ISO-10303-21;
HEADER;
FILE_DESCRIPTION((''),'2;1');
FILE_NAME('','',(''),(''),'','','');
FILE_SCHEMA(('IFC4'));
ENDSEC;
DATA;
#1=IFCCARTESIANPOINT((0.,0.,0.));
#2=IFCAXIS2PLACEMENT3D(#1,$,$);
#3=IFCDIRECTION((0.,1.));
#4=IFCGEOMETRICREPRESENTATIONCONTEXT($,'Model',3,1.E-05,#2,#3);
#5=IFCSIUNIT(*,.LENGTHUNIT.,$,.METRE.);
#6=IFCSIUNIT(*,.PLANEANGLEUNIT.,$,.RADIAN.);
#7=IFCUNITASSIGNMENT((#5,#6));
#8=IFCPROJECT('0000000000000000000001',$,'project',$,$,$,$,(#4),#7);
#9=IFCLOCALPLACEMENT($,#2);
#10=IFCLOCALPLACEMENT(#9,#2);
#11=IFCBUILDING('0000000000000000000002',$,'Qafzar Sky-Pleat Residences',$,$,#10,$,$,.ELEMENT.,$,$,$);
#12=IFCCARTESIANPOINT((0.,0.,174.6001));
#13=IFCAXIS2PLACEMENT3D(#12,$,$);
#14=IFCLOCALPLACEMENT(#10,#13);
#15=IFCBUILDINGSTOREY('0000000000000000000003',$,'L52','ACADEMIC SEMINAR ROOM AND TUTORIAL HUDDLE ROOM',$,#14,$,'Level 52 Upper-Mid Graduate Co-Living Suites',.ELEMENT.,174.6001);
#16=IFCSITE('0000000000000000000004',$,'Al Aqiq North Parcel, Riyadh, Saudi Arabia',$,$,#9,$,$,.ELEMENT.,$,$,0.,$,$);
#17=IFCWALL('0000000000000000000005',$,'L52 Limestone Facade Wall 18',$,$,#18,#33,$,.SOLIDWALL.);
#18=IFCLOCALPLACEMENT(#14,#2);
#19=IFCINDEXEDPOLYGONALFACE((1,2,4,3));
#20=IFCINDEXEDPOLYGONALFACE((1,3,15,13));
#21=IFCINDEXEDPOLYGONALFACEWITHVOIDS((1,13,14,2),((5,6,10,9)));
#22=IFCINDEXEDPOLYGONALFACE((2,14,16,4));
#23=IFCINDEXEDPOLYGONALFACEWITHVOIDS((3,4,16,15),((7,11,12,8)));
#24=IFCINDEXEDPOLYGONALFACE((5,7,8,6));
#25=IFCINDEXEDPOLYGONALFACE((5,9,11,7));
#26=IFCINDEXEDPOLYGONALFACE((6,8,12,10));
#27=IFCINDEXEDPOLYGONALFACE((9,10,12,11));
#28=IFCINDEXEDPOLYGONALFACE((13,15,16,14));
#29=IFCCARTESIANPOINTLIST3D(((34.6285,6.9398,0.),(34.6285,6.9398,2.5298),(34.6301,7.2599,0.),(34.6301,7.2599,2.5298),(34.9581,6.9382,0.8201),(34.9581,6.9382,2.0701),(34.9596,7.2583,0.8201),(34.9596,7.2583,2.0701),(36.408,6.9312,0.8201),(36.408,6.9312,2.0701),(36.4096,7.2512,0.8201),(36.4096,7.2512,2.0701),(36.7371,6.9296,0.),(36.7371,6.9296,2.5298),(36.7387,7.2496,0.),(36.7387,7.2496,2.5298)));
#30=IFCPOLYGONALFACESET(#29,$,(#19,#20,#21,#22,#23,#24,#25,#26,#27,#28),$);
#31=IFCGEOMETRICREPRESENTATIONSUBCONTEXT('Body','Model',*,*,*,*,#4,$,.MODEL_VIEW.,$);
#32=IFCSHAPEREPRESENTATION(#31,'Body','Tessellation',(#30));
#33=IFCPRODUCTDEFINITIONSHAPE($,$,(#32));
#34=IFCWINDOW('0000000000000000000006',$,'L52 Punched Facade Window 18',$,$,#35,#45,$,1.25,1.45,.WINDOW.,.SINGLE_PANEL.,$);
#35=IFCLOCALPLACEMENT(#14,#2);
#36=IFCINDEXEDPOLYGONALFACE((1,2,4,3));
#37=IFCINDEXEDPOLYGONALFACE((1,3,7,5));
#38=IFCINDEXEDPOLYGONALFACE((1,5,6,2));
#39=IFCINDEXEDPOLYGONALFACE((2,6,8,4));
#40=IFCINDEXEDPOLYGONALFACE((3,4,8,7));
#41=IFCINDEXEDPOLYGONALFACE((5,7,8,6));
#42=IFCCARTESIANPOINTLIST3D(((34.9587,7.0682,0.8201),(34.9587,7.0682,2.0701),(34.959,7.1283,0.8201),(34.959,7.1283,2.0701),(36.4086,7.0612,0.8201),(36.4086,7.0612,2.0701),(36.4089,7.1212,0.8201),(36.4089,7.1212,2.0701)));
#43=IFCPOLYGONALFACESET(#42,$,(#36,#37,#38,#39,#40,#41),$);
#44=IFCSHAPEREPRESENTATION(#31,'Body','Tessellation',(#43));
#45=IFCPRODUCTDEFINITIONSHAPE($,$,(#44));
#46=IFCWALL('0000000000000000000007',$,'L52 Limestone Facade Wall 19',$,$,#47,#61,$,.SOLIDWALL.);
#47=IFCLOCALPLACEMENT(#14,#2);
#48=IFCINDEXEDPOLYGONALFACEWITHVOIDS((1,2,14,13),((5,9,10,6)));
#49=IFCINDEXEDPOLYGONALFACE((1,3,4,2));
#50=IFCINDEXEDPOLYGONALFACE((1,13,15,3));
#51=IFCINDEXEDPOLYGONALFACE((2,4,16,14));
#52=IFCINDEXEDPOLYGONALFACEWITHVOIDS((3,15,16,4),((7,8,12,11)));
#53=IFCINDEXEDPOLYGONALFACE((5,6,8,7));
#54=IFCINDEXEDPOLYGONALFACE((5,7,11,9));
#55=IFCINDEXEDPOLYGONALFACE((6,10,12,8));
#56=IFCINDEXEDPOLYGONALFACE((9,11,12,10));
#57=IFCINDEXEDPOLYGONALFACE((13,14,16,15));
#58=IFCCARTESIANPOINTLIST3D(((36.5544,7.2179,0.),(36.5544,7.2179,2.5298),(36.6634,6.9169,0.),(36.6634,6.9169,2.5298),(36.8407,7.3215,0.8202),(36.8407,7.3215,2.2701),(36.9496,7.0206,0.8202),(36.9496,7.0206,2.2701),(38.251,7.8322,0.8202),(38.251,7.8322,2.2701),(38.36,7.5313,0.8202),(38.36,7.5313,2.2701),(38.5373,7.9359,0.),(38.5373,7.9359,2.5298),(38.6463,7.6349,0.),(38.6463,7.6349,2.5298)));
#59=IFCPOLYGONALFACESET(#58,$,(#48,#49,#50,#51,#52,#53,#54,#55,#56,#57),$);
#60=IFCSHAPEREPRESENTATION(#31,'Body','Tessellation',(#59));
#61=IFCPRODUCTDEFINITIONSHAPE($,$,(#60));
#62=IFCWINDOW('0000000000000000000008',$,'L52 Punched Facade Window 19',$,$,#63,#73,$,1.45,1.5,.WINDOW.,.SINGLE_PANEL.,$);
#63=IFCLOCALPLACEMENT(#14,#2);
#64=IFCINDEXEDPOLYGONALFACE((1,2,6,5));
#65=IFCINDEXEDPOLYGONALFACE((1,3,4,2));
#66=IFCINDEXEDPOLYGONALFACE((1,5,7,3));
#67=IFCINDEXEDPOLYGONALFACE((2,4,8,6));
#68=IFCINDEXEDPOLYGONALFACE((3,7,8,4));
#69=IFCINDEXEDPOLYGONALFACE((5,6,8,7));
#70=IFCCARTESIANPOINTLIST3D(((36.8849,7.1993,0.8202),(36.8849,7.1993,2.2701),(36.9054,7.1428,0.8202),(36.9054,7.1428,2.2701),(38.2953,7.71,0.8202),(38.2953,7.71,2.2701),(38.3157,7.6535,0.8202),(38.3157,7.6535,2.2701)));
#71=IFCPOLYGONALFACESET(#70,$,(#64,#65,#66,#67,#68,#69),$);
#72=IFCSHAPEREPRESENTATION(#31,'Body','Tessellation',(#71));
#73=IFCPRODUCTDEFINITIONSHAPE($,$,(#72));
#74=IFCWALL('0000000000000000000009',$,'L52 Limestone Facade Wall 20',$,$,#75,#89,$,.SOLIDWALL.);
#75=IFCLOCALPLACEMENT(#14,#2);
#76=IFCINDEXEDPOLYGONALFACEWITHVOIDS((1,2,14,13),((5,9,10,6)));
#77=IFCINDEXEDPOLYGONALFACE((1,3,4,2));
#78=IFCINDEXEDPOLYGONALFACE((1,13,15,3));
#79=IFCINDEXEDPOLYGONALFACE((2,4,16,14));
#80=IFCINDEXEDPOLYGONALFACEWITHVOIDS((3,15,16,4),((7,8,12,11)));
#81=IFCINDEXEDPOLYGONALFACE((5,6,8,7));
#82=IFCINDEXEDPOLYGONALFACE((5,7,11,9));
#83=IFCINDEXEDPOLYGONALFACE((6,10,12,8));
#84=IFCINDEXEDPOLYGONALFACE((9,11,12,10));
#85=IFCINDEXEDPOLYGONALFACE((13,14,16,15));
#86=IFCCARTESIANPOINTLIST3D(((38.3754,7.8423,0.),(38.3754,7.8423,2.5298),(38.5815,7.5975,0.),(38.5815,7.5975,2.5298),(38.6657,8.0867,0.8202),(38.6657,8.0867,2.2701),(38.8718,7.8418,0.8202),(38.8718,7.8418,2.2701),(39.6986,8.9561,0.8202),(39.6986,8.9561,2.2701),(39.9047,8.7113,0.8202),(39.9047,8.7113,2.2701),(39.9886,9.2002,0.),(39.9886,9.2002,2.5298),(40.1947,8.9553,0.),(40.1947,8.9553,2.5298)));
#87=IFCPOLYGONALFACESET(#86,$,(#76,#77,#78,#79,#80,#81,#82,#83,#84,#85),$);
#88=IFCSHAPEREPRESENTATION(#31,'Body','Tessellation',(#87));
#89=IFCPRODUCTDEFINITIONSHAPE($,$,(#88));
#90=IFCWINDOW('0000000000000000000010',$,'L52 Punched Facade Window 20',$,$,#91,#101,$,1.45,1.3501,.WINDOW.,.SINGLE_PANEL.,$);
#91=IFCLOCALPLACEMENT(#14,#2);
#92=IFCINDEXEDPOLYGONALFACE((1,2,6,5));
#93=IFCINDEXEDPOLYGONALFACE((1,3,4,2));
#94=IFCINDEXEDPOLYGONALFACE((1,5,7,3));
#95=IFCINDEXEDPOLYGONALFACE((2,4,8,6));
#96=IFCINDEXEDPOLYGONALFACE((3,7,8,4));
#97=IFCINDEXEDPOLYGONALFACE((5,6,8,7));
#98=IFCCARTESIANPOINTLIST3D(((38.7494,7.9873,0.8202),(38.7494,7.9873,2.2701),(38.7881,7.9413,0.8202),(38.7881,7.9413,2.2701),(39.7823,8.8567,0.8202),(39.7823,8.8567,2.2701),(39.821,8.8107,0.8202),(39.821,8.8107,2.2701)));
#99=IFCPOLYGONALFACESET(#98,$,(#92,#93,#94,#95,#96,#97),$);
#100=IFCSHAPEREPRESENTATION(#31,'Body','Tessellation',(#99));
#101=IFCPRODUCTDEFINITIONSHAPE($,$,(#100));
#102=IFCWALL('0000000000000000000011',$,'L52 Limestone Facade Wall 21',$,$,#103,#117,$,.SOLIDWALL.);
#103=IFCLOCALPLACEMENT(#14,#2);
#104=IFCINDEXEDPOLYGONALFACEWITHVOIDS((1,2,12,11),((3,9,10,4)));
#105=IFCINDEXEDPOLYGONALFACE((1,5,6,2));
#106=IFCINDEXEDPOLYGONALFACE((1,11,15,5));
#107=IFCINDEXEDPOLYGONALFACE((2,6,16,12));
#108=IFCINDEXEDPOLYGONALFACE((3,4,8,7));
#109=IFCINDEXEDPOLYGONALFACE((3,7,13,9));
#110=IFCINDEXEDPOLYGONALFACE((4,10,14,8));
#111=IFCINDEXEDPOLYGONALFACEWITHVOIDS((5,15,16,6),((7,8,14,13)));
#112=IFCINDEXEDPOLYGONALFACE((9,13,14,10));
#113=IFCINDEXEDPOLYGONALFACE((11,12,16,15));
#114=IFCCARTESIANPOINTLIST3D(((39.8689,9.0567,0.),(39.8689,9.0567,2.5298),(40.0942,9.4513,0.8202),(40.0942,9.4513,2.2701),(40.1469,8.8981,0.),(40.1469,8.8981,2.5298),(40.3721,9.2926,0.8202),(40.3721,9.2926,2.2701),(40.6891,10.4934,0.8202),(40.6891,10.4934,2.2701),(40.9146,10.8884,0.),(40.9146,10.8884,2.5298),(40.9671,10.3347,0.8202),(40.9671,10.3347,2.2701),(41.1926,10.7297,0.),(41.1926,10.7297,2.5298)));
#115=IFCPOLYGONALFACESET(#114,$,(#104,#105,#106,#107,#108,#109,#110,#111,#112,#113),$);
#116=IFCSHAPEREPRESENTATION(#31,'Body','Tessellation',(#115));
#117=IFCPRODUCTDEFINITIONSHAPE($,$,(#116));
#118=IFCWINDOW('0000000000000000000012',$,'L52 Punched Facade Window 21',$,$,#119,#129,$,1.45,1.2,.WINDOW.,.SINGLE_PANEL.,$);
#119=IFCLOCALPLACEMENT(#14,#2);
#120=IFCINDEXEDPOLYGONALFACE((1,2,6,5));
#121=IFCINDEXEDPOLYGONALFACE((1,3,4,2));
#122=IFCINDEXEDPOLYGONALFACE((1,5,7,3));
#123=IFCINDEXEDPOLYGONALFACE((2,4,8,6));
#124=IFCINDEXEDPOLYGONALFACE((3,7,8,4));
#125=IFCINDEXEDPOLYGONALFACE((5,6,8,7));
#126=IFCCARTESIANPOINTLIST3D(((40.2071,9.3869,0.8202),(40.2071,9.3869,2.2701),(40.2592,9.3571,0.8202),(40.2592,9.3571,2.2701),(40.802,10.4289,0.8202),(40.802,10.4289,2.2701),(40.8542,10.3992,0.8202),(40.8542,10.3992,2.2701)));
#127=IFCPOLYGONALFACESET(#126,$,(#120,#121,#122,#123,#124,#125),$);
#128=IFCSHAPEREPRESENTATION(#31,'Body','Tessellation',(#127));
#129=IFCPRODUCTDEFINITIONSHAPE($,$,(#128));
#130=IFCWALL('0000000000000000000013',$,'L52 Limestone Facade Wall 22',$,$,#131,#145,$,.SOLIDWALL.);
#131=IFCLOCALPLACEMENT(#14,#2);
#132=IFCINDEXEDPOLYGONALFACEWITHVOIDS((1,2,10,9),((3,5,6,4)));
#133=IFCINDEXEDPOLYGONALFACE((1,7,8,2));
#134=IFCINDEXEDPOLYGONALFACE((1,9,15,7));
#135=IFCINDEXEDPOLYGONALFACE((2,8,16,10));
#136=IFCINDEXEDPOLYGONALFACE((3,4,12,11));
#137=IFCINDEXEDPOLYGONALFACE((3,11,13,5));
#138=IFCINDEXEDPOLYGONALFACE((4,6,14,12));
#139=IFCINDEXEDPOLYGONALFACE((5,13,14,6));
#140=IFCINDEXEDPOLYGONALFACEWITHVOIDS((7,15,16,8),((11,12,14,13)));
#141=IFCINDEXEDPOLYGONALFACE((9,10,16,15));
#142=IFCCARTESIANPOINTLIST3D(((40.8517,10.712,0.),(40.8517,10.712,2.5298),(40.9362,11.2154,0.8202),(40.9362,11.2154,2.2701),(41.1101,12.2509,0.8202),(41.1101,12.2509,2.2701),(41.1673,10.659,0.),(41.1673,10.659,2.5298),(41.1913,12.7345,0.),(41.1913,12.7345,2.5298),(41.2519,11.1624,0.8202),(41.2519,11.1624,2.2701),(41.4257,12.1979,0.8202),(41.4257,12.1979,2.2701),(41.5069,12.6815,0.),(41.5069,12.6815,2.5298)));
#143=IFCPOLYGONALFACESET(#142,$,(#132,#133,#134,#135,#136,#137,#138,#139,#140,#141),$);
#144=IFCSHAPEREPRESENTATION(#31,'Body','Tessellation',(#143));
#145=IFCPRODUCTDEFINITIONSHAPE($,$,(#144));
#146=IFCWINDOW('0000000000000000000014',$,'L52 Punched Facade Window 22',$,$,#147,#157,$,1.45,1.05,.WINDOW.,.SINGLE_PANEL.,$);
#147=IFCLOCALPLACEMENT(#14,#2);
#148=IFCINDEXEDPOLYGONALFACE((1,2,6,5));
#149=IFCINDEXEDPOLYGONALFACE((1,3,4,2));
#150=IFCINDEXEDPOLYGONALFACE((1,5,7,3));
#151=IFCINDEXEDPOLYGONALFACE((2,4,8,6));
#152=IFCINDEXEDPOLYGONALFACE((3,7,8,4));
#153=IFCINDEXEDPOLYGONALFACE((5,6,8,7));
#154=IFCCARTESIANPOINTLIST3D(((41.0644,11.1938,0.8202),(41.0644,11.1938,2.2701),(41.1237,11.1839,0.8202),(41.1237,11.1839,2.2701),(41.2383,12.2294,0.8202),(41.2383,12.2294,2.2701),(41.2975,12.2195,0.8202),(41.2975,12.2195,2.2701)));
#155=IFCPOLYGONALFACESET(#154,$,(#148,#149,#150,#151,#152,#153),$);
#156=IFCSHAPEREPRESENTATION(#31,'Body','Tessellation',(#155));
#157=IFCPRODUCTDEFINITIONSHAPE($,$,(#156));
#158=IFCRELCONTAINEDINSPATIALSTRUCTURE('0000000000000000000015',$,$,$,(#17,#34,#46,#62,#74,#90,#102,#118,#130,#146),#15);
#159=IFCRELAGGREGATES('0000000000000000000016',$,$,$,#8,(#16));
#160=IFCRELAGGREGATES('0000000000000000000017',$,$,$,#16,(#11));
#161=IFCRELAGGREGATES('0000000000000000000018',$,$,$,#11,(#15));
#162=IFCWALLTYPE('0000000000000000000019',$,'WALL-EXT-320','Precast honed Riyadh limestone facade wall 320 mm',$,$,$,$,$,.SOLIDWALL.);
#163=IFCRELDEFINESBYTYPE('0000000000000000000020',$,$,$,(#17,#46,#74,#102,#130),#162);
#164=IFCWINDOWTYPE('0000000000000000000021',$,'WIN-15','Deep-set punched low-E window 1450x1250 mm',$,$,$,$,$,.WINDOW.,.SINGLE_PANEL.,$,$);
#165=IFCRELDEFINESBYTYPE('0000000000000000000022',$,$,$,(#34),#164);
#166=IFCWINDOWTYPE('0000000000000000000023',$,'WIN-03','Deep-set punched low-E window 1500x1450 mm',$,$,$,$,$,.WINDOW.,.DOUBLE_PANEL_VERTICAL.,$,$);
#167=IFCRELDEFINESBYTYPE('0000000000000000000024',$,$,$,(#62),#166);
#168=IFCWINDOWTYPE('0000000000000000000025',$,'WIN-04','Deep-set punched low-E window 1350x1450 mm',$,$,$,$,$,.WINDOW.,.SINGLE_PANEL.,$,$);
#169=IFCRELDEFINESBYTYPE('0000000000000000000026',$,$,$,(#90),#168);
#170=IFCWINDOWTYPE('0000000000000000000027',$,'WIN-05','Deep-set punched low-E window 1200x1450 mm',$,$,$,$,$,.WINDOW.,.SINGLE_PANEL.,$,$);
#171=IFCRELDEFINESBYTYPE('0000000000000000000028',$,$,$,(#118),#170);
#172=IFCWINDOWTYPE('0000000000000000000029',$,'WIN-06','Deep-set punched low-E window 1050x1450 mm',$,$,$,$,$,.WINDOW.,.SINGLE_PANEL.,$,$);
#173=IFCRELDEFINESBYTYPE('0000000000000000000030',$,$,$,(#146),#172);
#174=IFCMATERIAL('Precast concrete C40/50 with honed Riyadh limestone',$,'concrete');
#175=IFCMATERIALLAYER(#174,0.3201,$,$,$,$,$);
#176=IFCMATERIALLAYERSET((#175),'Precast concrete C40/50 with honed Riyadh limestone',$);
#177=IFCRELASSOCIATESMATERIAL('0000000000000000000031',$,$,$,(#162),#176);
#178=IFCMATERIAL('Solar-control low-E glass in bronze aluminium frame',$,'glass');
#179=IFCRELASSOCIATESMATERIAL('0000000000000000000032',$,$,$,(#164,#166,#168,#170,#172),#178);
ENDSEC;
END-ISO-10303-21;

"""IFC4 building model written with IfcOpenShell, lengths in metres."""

from ifc_helpers import new_model, si_unit, direction, frame, frame_2d, origin, place, context, subcontext, project, spatial, rectangle, extrude, source, transform, mapped, material, layer, layer_set, type_object, element, fill, save


model = new_model("IFC4")

# Units and contexts
model_context = context("Model", 3, precision=1e-05, world=origin(), true_north=direction((0.0, 1.0)))
body_context = subcontext(model_context, "Body", "Model", "MODEL_VIEW")
ifc_project = project(units=[si_unit("LENGTHUNIT", "METRE"), si_unit("PLANEANGLEUNIT", "RADIAN")], contexts=[model_context])

# Site, building, storey
site_placement = place(None, origin())
site = spatial("IfcSite", under=ifc_project, at=site_placement, Name="Al Aqiq North Parcel, Riyadh, Saudi Arabia", CompositionType="ELEMENT", RefElevation=0.0)
building_placement = place(site_placement, origin())
building = spatial("IfcBuilding", under=site, at=building_placement, Name="Qafzar Sky-Pleat Residences", CompositionType="ELEMENT")
storey_placement = place(building_placement, frame((0.0, 0.0, 174.6001)))
storey = spatial("IfcBuildingStorey", under=building, at=storey_placement, Name="L52", Description="ACADEMIC SEMINAR ROOM AND TUTORIAL HUDDLE ROOM", LongName="Level 52 Upper-Mid Graduate Co-Living Suites", CompositionType="ELEMENT", Elevation=174.6001)

# Walls, openings, windows
ifc_material_1 = material(Name="Precast concrete C40/50 with honed Riyadh limestone", Category="concrete")
ifc_layer_1 = layer(ifc_material_1, 0.3201)
ifc_layer_set_1 = layer_set([ifc_layer_1], Name="Precast concrete C40/50 with honed Riyadh limestone")
wall_type = type_object("IfcWallType", Name="WALL-EXT-320", Description="Precast honed Riyadh limestone facade wall 320 mm", PredefinedType="SOLIDWALL", material=ifc_layer_set_1)
wall_1_placement = place(storey_placement, frame((34.6294, 7.0999, 0.0), z_axis=(0.0, 0.0, 1.0), x_axis=(0.999988, -0.004863, 0.0)))
wall_1 = element("IfcWall", 1, at=wall_1_placement, inside=storey, type_object=wall_type, Name="L52 Limestone Facade Wall 18", PredefinedType="SOLIDWALL", context=body_context, shape_type="SweptSolid", body=[
    extrude(rectangle(XDim=2.1086, YDim=0.3201, at=frame_2d((1.0542, 0.0))), origin(), (0.0, 0.0, 1.0), 2.5298),
])
opening_1_placement = place(wall_1_placement, frame((0.3293, 0.0, 0.8201)))
opening_1 = element("IfcOpeningElement", 2, at=opening_1_placement, cuts=wall_1, PredefinedType="OPENING", context=body_context, shape_type="SweptSolid", body=[
    extrude(rectangle(XDim=1.45, YDim=1.25, at=frame_2d((0.7251, 0.625))), frame((0.0, 0.1699, 0.0), z_axis=(0.0, -1.0, 0.0), x_axis=(1.0, 0.0, 0.0)), (0.0, 0.0, 1.0), 0.3401),
])
ifc_material_2 = material(Name="Solar-control low-E glass in bronze aluminium frame", Category="glass")
window_type_1 = type_object("IfcWindowType", Name="WIN-15", Description="Deep-set punched low-E window 1450x1250 mm", PartitioningType="SINGLE_PANEL", PredefinedType="WINDOW", material=ifc_material_2)
shared_shape_1 = source(origin(), body_context, "Body", "SweptSolid", [
    extrude(rectangle(XDim=1.45, YDim=1.25, at=frame_2d((0.7251, 0.625))), frame((0.0, 0.03, 0.0), z_axis=(0.0, -1.0, 0.0), x_axis=(1.0, 0.0, 0.0)), (0.0, 0.0, 1.0), 0.0601),
])
window_1_placement = place(opening_1_placement, origin())
window_1 = element("IfcWindow", 3, at=window_1_placement, inside=storey, type_object=window_type_1, Name="L52 Punched Facade Window 18", OverallHeight=1.25, OverallWidth=1.45, PartitioningType="SINGLE_PANEL", PredefinedType="WINDOW", context=body_context, shape_type="MappedRepresentation", body=[
    mapped(shared_shape_1, transform((0.0, 0.0, 0.0), x_axis=(1.0, 0.0, 0.0), y_axis=(0.0, 1.0, 0.0), z_axis=(0.0, 0.0, 1.0), scale=1.0)),
])
fill(opening_1, window_1)
wall_2_placement = place(storey_placement, frame((36.6089, 7.0674, 0.0), z_axis=(0.0, 0.0, 1.0), x_axis=(0.940256, 0.340469, 0.0)))
wall_2 = element("IfcWall", 4, at=wall_2_placement, inside=storey, type_object=wall_type, Name="L52 Limestone Facade Wall 19", PredefinedType="SOLIDWALL", context=body_context, shape_type="SweptSolid", body=[
    extrude(rectangle(XDim=2.1089, YDim=0.3201, at=frame_2d((1.0544, 0.0))), origin(), (0.0, 0.0, 1.0), 2.5298),
])
opening_2_placement = place(wall_2_placement, frame((0.3044, 0.0, 0.8201)))
opening_2 = element("IfcOpeningElement", 5, at=opening_2_placement, cuts=wall_2, PredefinedType="OPENING", context=body_context, shape_type="SweptSolid", body=[
    extrude(rectangle(XDim=1.5, YDim=1.45, at=frame_2d((0.75, 0.7251))), frame((0.0, 0.1699, 0.0), z_axis=(0.0, -1.0, 0.0), x_axis=(1.0, 0.0, 0.0)), (0.0, 0.0, 1.0), 0.3401),
])
window_type_2 = type_object("IfcWindowType", Name="WIN-03", Description="Deep-set punched low-E window 1500x1450 mm", PartitioningType="DOUBLE_PANEL_VERTICAL", PredefinedType="WINDOW", material=ifc_material_2)
shared_shape_2 = source(origin(), body_context, "Body", "SweptSolid", [
    extrude(rectangle(XDim=1.5, YDim=1.45, at=frame_2d((0.75, 0.7251))), frame((0.0, 0.03, 0.0), z_axis=(0.0, -1.0, 0.0), x_axis=(1.0, 0.0, 0.0)), (0.0, 0.0, 1.0), 0.0601),
])
window_2_placement = place(opening_2_placement, origin())
window_2 = element("IfcWindow", 6, at=window_2_placement, inside=storey, type_object=window_type_2, Name="L52 Punched Facade Window 19", OverallHeight=1.45, OverallWidth=1.5, PartitioningType="SINGLE_PANEL", PredefinedType="WINDOW", context=body_context, shape_type="MappedRepresentation", body=[
    mapped(shared_shape_2, transform((0.0, 0.0, 0.0), x_axis=(1.0, 0.0, 0.0), y_axis=(0.0, 1.0, 0.0), z_axis=(0.0, 0.0, 1.0), scale=1.0)),
])
fill(opening_2, window_2)
wall_3_placement = place(storey_placement, frame((38.4785, 7.72, 0.0), z_axis=(0.0, 0.0, 1.0), x_axis=(0.765061, 0.643957, 0.0)))
wall_3 = element("IfcWall", 7, at=wall_3_placement, inside=storey, type_object=wall_type, Name="L52 Limestone Facade Wall 20", PredefinedType="SOLIDWALL", context=body_context, shape_type="SweptSolid", body=[
    extrude(rectangle(XDim=2.1086, YDim=0.3201, at=frame_2d((1.0542, 0.0))), origin(), (0.0, 0.0, 1.0), 2.5298),
])
opening_3_placement = place(wall_3_placement, frame((0.3794, 0.0, 0.8201)))
opening_3 = element("IfcOpeningElement", 8, at=opening_3_placement, cuts=wall_3, PredefinedType="OPENING", context=body_context, shape_type="SweptSolid", body=[
    extrude(rectangle(XDim=1.3501, YDim=1.45, at=frame_2d((0.675, 0.7251))), frame((0.0, 0.1699, 0.0), z_axis=(0.0, -1.0, 0.0), x_axis=(1.0, 0.0, 0.0)), (0.0, 0.0, 1.0), 0.3401),
])
window_type_3 = type_object("IfcWindowType", Name="WIN-04", Description="Deep-set punched low-E window 1350x1450 mm", PartitioningType="SINGLE_PANEL", PredefinedType="WINDOW", material=ifc_material_2)
shared_shape_3 = source(origin(), body_context, "Body", "SweptSolid", [
    extrude(rectangle(XDim=1.3501, YDim=1.45, at=frame_2d((0.675, 0.7251))), frame((0.0, 0.03, 0.0), z_axis=(0.0, -1.0, 0.0), x_axis=(1.0, 0.0, 0.0)), (0.0, 0.0, 1.0), 0.0601),
])
window_3_placement = place(opening_3_placement, origin())
window_3 = element("IfcWindow", 9, at=window_3_placement, inside=storey, type_object=window_type_3, Name="L52 Punched Facade Window 20", OverallHeight=1.45, OverallWidth=1.3501, PartitioningType="SINGLE_PANEL", PredefinedType="WINDOW", context=body_context, shape_type="MappedRepresentation", body=[
    mapped(shared_shape_3, transform((0.0, 0.0, 0.0), x_axis=(1.0, 0.0, 0.0), y_axis=(0.0, 1.0, 0.0), z_axis=(0.0, 0.0, 1.0), scale=1.0)),
])
fill(opening_3, window_3)
wall_4_placement = place(storey_placement, frame((40.0078, 8.9773, 0.0), z_axis=(0.0, 0.0, 1.0), x_axis=(0.495802, 0.868435, 0.0)))
wall_4 = element("IfcWall", 10, at=wall_4_placement, inside=storey, type_object=wall_type, Name="L52 Limestone Facade Wall 21", PredefinedType="SOLIDWALL", context=body_context, shape_type="SweptSolid", body=[
    extrude(rectangle(XDim=2.1091, YDim=0.3201, at=frame_2d((1.0547, 0.0))), origin(), (0.0, 0.0, 1.0), 2.5298),
])
opening_4_placement = place(wall_4_placement, frame((0.4543, 0.0, 0.8201)))
opening_4 = element("IfcOpeningElement", 11, at=opening_4_placement, cuts=wall_4, PredefinedType="OPENING", context=body_context, shape_type="SweptSolid", body=[
    extrude(rectangle(XDim=1.2, YDim=1.45, at=frame_2d((0.6001, 0.7251))), frame((0.0, 0.1699, 0.0), z_axis=(0.0, -1.0, 0.0), x_axis=(1.0, 0.0, 0.0)), (0.0, 0.0, 1.0), 0.3401),
])
window_type_4 = type_object("IfcWindowType", Name="WIN-05", Description="Deep-set punched low-E window 1200x1450 mm", PartitioningType="SINGLE_PANEL", PredefinedType="WINDOW", material=ifc_material_2)
shared_shape_4 = source(origin(), body_context, "Body", "SweptSolid", [
    extrude(rectangle(XDim=1.2, YDim=1.45, at=frame_2d((0.6001, 0.7251))), frame((0.0, 0.03, 0.0), z_axis=(0.0, -1.0, 0.0), x_axis=(1.0, 0.0, 0.0)), (0.0, 0.0, 1.0), 0.0601),
])
window_4_placement = place(opening_4_placement, origin())
window_4 = element("IfcWindow", 12, at=window_4_placement, inside=storey, type_object=window_type_4, Name="L52 Punched Facade Window 21", OverallHeight=1.45, OverallWidth=1.2, PartitioningType="SINGLE_PANEL", PredefinedType="WINDOW", context=body_context, shape_type="MappedRepresentation", body=[
    mapped(shared_shape_4, transform((0.0, 0.0, 0.0), x_axis=(1.0, 0.0, 0.0), y_axis=(0.0, 1.0, 0.0), z_axis=(0.0, 0.0, 1.0), scale=1.0)),
])
fill(opening_4, window_4)
wall_5_placement = place(storey_placement, frame((41.0095, 10.6855, 0.0), z_axis=(0.0, 0.0, 1.0), x_axis=(0.165596, 0.986194, 0.0)))
wall_5 = element("IfcWall", 13, at=wall_5_placement, inside=storey, type_object=wall_type, Name="L52 Limestone Facade Wall 22", PredefinedType="SOLIDWALL", context=body_context, shape_type="SweptSolid", body=[
    extrude(rectangle(XDim=2.0508, YDim=0.3201, at=frame_2d((1.0254, 0.0))), origin(), (0.0, 0.0, 1.0), 2.5298),
])
opening_5_placement = place(wall_5_placement, frame((0.5105, 0.0, 0.8201)))
opening_5 = element("IfcOpeningElement", 14, at=opening_5_placement, cuts=wall_5, PredefinedType="OPENING", context=body_context, shape_type="SweptSolid", body=[
    extrude(rectangle(XDim=1.05, YDim=1.45, at=frame_2d((0.5249, 0.7251))), frame((0.0, 0.1699, 0.0), z_axis=(0.0, -1.0, 0.0), x_axis=(1.0, 0.0, 0.0)), (0.0, 0.0, 1.0), 0.3401),
])
window_type_5 = type_object("IfcWindowType", Name="WIN-06", Description="Deep-set punched low-E window 1050x1450 mm", PartitioningType="SINGLE_PANEL", PredefinedType="WINDOW", material=ifc_material_2)
shared_shape_5 = source(origin(), body_context, "Body", "SweptSolid", [
    extrude(rectangle(XDim=1.05, YDim=1.45, at=frame_2d((0.5249, 0.7251))), frame((0.0, 0.03, 0.0), z_axis=(0.0, -1.0, 0.0), x_axis=(1.0, 0.0, 0.0)), (0.0, 0.0, 1.0), 0.0601),
])
window_5_placement = place(opening_5_placement, origin())
window_5 = element("IfcWindow", 15, at=window_5_placement, inside=storey, type_object=window_type_5, Name="L52 Punched Facade Window 22", OverallHeight=1.45, OverallWidth=1.05, PartitioningType="SINGLE_PANEL", PredefinedType="WINDOW", context=body_context, shape_type="MappedRepresentation", body=[
    mapped(shared_shape_5, transform((0.0, 0.0, 0.0), x_axis=(1.0, 0.0, 0.0), y_axis=(0.0, 1.0, 0.0), z_axis=(0.0, 0.0, 1.0), scale=1.0)),
])
fill(opening_5, window_5)

save(model, "model.ifc")
